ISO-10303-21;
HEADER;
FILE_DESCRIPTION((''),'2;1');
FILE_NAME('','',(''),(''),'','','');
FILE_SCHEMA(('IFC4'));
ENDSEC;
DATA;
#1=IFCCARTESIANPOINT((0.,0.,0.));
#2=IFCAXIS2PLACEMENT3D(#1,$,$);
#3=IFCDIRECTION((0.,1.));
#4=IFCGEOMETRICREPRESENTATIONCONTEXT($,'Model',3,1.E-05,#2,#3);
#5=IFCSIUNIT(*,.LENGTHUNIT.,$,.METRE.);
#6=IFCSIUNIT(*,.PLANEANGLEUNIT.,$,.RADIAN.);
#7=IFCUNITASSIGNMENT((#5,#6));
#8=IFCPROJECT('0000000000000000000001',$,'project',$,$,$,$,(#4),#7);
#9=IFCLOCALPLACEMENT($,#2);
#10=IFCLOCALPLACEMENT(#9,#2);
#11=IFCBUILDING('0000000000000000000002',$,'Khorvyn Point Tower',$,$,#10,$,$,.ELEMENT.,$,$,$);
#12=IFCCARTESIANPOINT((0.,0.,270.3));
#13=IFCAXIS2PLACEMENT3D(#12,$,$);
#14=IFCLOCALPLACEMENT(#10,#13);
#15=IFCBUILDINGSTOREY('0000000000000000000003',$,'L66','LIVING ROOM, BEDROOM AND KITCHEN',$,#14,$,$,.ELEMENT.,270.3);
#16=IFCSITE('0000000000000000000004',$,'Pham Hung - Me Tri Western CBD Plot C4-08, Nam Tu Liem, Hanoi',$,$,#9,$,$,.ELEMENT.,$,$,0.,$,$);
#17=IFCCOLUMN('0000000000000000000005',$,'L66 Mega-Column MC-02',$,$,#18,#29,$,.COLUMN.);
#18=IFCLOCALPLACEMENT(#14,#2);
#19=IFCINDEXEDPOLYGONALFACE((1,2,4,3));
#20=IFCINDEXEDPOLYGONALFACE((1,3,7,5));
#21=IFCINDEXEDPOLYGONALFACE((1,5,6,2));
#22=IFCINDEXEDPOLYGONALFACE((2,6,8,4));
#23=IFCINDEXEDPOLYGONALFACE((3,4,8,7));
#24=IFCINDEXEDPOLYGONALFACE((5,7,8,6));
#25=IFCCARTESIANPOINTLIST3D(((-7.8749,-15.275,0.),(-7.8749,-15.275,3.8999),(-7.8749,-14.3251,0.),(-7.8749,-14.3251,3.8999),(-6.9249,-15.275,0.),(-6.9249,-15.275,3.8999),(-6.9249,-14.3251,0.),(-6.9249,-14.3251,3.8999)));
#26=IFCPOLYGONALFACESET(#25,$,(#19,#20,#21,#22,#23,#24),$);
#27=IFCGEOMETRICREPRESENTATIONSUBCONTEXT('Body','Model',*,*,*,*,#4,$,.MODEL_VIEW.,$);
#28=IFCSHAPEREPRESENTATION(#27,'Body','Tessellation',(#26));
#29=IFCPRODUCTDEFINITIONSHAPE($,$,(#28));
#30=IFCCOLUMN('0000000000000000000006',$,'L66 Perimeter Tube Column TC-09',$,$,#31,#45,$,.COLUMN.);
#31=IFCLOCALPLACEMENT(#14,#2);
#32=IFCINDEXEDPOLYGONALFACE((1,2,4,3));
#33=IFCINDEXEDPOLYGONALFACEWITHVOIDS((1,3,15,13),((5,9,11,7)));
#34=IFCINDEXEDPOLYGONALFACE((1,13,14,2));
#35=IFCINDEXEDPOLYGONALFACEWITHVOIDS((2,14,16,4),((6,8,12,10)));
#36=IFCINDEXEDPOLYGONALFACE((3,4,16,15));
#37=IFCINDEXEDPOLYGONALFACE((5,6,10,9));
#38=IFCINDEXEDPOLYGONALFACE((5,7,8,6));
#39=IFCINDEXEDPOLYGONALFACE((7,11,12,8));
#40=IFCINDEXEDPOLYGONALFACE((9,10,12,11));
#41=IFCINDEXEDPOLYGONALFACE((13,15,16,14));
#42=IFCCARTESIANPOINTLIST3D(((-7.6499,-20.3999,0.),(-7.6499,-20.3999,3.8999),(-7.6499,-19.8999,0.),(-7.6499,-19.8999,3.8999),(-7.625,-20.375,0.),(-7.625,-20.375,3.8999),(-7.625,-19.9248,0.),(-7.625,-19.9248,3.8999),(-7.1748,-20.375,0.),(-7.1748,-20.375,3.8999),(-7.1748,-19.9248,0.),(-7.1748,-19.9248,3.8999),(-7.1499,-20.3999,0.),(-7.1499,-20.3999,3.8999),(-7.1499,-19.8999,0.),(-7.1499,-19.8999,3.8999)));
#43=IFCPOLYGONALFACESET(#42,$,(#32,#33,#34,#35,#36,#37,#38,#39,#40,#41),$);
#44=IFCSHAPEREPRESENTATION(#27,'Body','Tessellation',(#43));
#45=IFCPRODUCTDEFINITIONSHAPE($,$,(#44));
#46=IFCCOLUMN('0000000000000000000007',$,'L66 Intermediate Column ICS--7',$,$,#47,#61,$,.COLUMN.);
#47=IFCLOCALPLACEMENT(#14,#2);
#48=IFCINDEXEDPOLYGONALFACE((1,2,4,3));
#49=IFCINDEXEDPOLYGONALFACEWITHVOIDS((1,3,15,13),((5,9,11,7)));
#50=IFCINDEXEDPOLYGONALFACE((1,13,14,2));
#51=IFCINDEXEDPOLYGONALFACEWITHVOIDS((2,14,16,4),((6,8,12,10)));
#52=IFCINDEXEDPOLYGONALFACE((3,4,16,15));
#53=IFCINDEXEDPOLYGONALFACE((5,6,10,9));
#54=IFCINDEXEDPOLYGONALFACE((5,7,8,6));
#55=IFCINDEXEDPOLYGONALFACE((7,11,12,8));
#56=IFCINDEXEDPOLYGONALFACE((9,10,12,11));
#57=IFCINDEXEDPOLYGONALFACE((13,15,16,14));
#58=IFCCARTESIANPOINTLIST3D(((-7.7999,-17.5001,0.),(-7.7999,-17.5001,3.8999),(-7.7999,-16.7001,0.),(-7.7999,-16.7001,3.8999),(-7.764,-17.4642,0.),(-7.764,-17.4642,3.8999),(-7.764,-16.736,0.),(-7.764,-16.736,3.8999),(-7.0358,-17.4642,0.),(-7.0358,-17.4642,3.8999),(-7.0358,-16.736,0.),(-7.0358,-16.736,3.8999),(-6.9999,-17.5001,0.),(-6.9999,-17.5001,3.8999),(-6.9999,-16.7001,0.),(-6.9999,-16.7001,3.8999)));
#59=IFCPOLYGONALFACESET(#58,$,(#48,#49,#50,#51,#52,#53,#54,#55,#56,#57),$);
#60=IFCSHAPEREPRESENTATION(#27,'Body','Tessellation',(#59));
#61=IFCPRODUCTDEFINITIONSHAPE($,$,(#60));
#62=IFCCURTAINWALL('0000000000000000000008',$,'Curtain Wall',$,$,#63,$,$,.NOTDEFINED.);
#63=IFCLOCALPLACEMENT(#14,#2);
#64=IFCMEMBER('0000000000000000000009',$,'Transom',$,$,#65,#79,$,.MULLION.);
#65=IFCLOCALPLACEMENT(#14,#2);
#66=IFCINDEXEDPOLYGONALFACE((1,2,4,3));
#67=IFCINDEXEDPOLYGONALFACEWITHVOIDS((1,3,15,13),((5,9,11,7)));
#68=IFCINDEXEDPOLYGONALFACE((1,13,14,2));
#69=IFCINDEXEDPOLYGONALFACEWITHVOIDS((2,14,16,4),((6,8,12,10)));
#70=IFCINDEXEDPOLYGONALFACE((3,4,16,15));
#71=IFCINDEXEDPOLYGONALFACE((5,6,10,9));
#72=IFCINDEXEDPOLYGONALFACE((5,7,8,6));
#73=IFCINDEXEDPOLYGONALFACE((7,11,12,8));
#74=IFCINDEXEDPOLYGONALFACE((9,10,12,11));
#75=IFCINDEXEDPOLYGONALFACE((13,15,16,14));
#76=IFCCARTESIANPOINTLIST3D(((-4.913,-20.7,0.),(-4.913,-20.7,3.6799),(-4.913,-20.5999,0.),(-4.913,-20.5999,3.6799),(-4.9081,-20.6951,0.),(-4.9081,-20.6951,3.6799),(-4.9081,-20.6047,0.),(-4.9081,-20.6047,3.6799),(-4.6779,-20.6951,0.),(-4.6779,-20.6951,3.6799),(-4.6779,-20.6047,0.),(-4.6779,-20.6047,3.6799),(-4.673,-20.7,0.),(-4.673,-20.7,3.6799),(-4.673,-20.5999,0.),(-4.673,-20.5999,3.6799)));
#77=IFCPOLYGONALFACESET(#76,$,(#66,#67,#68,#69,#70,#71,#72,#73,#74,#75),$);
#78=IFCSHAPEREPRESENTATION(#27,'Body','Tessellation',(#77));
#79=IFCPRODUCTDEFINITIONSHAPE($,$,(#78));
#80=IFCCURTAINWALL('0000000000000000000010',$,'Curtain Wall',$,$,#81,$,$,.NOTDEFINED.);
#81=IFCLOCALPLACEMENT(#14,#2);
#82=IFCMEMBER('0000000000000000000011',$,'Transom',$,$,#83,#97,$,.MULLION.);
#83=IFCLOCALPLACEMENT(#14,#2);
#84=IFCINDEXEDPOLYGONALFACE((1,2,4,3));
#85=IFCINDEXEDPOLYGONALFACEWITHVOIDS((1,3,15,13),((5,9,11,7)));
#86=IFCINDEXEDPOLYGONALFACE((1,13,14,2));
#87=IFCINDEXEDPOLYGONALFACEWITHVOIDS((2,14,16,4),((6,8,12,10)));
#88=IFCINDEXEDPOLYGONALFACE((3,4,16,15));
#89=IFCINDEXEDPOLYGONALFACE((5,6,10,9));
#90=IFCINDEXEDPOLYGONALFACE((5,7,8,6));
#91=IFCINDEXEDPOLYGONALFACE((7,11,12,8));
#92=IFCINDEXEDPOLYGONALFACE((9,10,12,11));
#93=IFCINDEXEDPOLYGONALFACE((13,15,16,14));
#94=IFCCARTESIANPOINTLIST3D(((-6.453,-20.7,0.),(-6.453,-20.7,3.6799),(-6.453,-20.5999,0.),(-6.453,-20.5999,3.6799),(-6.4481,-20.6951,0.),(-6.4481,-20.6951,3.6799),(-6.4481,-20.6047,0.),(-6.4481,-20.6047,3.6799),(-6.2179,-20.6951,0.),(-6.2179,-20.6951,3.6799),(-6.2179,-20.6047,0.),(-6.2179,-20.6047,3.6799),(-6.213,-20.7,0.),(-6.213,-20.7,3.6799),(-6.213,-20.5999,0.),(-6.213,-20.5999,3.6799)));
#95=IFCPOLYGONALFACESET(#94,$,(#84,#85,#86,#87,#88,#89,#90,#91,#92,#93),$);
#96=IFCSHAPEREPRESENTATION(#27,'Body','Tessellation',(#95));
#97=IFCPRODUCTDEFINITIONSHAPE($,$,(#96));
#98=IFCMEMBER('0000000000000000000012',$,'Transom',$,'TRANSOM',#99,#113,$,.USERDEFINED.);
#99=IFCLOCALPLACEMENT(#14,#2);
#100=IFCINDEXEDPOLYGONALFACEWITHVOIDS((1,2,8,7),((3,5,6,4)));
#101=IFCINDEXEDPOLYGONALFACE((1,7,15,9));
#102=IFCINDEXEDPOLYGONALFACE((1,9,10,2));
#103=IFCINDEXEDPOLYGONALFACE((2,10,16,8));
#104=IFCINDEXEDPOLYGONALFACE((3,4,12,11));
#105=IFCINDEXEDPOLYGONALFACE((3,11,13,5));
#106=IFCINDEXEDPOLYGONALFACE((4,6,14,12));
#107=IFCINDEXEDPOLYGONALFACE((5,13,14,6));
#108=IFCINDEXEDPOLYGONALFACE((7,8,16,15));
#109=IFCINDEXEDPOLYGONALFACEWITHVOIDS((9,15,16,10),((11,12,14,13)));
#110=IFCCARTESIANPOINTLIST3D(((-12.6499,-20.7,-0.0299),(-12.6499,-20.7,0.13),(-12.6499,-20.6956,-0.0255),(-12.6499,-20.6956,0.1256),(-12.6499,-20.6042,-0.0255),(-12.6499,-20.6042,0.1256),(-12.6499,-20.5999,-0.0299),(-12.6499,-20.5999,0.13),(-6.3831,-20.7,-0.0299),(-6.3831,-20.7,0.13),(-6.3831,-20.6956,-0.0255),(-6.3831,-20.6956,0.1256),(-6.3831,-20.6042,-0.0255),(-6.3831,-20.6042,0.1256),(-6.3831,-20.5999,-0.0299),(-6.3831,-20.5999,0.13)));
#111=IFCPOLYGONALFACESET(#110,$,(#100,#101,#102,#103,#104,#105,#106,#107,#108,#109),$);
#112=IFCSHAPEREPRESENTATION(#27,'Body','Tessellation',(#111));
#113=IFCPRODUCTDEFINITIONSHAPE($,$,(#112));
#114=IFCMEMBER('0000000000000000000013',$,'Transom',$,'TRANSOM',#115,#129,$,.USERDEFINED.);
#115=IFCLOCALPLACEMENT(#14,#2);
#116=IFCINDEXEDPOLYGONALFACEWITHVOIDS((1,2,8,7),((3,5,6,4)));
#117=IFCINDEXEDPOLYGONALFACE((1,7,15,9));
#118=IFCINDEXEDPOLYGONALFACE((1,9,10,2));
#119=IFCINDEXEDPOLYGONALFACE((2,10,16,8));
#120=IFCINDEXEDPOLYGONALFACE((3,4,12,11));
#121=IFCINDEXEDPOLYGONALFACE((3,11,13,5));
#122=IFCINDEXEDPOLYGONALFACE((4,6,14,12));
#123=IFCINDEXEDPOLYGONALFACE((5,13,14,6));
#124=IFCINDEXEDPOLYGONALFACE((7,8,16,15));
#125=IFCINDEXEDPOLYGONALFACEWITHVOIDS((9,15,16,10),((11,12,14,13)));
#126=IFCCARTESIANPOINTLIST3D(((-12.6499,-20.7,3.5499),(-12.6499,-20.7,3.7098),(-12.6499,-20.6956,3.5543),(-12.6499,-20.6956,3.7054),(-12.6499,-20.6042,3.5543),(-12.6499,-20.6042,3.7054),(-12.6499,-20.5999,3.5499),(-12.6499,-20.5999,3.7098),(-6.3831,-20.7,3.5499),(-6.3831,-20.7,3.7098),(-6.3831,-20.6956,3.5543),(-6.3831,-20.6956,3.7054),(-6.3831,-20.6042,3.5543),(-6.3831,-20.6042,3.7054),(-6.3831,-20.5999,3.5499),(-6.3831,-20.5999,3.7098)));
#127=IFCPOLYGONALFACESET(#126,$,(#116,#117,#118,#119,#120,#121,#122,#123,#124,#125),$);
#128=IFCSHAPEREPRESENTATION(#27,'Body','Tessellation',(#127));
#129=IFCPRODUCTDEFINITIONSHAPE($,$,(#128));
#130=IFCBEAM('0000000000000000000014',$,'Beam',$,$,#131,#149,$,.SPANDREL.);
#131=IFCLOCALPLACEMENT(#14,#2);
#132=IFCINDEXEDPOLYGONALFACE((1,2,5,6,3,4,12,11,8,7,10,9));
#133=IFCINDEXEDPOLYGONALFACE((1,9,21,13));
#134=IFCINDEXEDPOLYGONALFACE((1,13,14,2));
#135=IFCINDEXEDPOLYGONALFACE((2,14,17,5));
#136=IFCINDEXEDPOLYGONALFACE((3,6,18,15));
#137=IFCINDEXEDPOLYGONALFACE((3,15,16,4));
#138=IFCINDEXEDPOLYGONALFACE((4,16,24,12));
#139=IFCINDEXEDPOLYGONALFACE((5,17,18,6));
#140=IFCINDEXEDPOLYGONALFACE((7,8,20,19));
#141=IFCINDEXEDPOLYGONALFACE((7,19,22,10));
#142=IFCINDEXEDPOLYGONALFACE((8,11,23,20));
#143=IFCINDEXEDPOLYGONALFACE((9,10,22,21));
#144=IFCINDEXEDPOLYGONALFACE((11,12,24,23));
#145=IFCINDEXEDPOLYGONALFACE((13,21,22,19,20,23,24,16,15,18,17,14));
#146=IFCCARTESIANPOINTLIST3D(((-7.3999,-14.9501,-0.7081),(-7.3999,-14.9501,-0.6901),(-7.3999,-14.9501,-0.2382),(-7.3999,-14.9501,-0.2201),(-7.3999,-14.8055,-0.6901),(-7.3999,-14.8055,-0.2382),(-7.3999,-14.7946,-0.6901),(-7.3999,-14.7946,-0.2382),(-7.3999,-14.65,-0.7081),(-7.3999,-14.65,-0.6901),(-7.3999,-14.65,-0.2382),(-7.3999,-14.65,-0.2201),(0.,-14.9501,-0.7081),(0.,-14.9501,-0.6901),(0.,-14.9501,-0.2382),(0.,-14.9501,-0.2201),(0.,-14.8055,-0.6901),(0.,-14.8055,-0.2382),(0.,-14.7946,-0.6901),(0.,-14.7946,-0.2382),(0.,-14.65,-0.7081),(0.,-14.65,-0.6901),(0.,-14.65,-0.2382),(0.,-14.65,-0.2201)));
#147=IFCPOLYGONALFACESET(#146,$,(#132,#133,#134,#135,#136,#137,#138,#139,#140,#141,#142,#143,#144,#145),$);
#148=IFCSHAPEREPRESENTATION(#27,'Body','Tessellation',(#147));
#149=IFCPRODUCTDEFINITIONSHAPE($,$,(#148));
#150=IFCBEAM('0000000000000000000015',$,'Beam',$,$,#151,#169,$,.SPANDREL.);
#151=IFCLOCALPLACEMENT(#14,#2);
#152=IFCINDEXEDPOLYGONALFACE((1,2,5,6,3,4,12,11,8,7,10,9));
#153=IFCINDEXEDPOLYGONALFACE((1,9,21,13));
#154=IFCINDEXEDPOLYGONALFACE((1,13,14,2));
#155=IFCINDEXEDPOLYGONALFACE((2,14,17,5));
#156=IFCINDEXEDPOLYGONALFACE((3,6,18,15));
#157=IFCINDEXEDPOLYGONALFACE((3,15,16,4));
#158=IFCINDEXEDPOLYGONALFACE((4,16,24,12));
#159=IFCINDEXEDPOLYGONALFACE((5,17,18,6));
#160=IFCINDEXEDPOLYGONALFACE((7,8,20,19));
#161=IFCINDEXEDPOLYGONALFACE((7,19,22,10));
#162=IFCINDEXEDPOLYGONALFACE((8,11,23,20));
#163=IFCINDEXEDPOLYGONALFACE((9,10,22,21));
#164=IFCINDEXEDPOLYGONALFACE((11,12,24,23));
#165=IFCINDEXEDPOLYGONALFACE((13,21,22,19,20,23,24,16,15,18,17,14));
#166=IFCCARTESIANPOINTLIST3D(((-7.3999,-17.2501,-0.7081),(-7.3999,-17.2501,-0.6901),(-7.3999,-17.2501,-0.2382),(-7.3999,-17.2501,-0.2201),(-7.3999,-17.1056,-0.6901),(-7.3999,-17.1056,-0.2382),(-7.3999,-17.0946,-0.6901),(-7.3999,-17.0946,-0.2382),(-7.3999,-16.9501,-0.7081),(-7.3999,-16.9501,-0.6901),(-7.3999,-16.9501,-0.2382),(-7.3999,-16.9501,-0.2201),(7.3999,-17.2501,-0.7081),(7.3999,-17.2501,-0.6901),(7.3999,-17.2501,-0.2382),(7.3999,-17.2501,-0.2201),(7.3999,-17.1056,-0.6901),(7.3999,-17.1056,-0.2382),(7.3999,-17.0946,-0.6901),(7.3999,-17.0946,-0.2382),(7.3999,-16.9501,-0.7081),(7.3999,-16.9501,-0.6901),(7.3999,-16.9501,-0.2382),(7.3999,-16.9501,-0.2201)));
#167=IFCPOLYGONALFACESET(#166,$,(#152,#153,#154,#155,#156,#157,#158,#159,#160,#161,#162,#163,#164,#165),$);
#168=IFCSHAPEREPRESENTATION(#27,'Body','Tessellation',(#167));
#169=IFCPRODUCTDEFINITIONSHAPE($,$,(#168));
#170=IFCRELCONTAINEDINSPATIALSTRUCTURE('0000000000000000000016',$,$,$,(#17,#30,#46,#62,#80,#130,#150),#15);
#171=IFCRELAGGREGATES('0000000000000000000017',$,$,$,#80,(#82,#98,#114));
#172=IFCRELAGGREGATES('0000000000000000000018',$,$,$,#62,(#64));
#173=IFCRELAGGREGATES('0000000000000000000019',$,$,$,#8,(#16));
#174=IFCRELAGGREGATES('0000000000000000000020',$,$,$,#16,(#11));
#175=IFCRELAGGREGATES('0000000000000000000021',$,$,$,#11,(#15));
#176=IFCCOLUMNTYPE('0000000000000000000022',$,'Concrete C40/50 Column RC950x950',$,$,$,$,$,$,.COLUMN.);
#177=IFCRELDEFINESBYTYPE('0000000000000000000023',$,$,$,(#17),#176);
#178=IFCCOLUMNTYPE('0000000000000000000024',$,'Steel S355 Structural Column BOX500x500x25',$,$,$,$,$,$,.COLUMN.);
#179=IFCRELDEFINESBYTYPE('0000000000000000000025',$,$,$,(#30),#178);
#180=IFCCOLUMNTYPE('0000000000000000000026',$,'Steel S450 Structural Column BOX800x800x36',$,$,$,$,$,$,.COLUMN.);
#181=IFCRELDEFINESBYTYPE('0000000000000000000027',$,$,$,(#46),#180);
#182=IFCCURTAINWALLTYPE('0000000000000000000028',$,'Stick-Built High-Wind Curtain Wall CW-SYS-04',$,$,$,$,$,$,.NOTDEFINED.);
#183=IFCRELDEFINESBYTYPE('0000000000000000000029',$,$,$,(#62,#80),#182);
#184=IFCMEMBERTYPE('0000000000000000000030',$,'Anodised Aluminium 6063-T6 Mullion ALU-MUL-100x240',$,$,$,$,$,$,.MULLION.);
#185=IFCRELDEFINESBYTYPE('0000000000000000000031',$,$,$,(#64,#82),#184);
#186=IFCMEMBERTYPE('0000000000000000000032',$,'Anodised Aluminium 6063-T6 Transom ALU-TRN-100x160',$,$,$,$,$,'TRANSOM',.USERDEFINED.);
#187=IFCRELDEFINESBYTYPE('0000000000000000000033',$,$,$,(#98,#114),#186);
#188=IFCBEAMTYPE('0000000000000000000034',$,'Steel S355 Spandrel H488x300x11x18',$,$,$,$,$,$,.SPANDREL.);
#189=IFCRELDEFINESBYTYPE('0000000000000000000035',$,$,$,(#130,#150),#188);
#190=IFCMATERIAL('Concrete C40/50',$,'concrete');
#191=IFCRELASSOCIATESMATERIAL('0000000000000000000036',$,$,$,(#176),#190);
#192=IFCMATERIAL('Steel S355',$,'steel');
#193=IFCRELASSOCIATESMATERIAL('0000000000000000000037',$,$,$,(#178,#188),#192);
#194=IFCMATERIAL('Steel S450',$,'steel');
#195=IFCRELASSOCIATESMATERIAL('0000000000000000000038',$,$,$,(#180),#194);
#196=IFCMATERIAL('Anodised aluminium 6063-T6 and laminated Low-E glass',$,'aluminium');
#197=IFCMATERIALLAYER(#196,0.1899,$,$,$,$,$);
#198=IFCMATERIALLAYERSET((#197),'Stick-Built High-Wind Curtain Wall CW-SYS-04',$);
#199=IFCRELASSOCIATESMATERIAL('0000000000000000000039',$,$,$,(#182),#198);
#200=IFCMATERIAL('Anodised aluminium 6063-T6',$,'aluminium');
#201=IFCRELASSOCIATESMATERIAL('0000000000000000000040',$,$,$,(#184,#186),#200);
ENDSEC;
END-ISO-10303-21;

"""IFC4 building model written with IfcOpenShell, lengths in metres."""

from ifc_helpers import new_model, si_unit, direction, frame, origin, origin_2d, place, context, subcontext, project, spatial, rectangle, hollow_rectangle, i_section, extrude, material, layer, layer_set, material_profile, profile_set, type_object, element, aggregate, save


model = new_model("IFC4")

# Units and contexts
model_context = context("Model", 3, precision=1e-05, world=origin(), true_north=direction((0.0, 1.0)))
body_context = subcontext(model_context, "Body", "Model", "MODEL_VIEW")
ifc_project = project(units=[si_unit("LENGTHUNIT", "METRE"), si_unit("PLANEANGLEUNIT", "RADIAN")], contexts=[model_context])

# Site, building, storey
site_placement = place(None, origin())
site = spatial("IfcSite", under=ifc_project, at=site_placement, Name="Pham Hung - Me Tri Western CBD Plot C4-08, Nam Tu Liem, Hanoi", CompositionType="ELEMENT", RefElevation=0.0)
building_placement = place(site_placement, origin())
building = spatial("IfcBuilding", under=site, at=building_placement, Name="Khorvyn Point Tower", CompositionType="ELEMENT")
storey_placement = place(building_placement, frame((0.0, 0.0, 270.3)))
storey = spatial("IfcBuildingStorey", under=building, at=storey_placement, Name="L66", Description="LIVING ROOM, BEDROOM AND KITCHEN", CompositionType="ELEMENT", Elevation=270.3)

# Columns
ifc_material_1 = material(Name="Concrete C40/50", Category="concrete")
ifc_material_profile_1 = material_profile(ifc_material_1, rectangle(XDim=0.95, YDim=0.95, at=origin_2d()))
ifc_profile_set_1 = profile_set([ifc_material_profile_1], Name="Concrete C40/50 RC950x950")
column_type_1 = type_object("IfcColumnType", Name="Concrete C40/50 Column RC950x950", PredefinedType="COLUMN", material=ifc_profile_set_1)
column_1_placement = place(storey_placement, frame((-7.3999, -14.8, 0.0), z_axis=(0.0, 0.0, 1.0), x_axis=(1.0, 0.0, 0.0)))
element("IfcColumn", 1, at=column_1_placement, inside=storey, type_object=column_type_1, Name="L66 Mega-Column MC-02", PredefinedType="COLUMN", context=body_context, shape_type="SweptSolid", body=[
    extrude(rectangle(XDim=0.95, YDim=0.95, at=origin_2d()), origin(), (0.0, 0.0, 1.0), 3.8999),
])
ifc_material_2 = material(Name="Steel S355", Category="steel")
ifc_material_profile_2 = material_profile(ifc_material_2, hollow_rectangle(XDim=0.5, YDim=0.5, WallThickness=0.0249, at=origin_2d()))
ifc_profile_set_2 = profile_set([ifc_material_profile_2], Name="Steel S355 BOX500x500x25")
column_type_2 = type_object("IfcColumnType", Name="Steel S355 Structural Column BOX500x500x25", PredefinedType="COLUMN", material=ifc_profile_set_2)
column_2_placement = place(storey_placement, frame((-7.3999, -20.1499, 0.0), z_axis=(0.0, 0.0, 1.0), x_axis=(1.0, 0.0, 0.0)))
element("IfcColumn", 2, at=column_2_placement, inside=storey, type_object=column_type_2, Name="L66 Perimeter Tube Column TC-09", PredefinedType="COLUMN", context=body_context, shape_type="SweptSolid", body=[
    extrude(hollow_rectangle(XDim=0.5, YDim=0.5, WallThickness=0.0249, at=origin_2d()), origin(), (0.0, 0.0, 1.0), 3.8999),
])
ifc_material_3 = material(Name="Steel S450", Category="steel")
ifc_material_profile_3 = material_profile(ifc_material_3, hollow_rectangle(XDim=0.8, YDim=0.8, WallThickness=0.0359, at=origin_2d()))
ifc_profile_set_3 = profile_set([ifc_material_profile_3], Name="Steel S450 BOX800x800x36")
column_type_3 = type_object("IfcColumnType", Name="Steel S450 Structural Column BOX800x800x36", PredefinedType="COLUMN", material=ifc_profile_set_3)
column_3_placement = place(storey_placement, frame((-7.3999, -17.1001, 0.0), z_axis=(0.0, 0.0, 1.0), x_axis=(1.0, 0.0, 0.0)))
element("IfcColumn", 3, at=column_3_placement, inside=storey, type_object=column_type_3, Name="L66 Intermediate Column ICS--7", PredefinedType="COLUMN", context=body_context, shape_type="SweptSolid", body=[
    extrude(hollow_rectangle(XDim=0.8, YDim=0.8, WallThickness=0.0359, at=origin_2d()), origin(), (0.0, 0.0, 1.0), 3.8999),
])

# Curtain wall, member
ifc_material_4 = material(Name="Anodised aluminium 6063-T6 and laminated Low-E glass", Category="aluminium")
ifc_layer_1 = layer(ifc_material_4, 0.1899)
ifc_layer_set_1 = layer_set([ifc_layer_1], Name="Stick-Built High-Wind Curtain Wall CW-SYS-04")
curtain_wall_type = type_object("IfcCurtainWallType", Name="Stick-Built High-Wind Curtain Wall CW-SYS-04", PredefinedType="NOTDEFINED", material=ifc_layer_set_1)
curtain_wall_1_placement = place(storey_placement, origin())
curtain_wall_1 = element("IfcCurtainWall", 4, at=curtain_wall_1_placement, inside=storey, type_object=curtain_wall_type, Name="Curtain Wall", PredefinedType="NOTDEFINED")
ifc_material_5 = material(Name="Anodised aluminium 6063-T6", Category="aluminium")
ifc_material_profile_4 = material_profile(ifc_material_5, hollow_rectangle(XDim=0.1001, YDim=0.24, WallThickness=0.0049, at=origin_2d()))
ifc_profile_set_4 = profile_set([ifc_material_profile_4], Name="Anodised aluminium 6063-T6 ALU-MUL-100x240")
member_type_1 = type_object("IfcMemberType", Name="Anodised Aluminium 6063-T6 Mullion ALU-MUL-100x240", PredefinedType="MULLION", material=ifc_profile_set_4)
member_1_placement = place(storey_placement, frame((-4.793, -20.6499, 0.0), z_axis=(0.0, 0.0, 1.0), x_axis=(0.0, -1.0, 0.0)))
member_1 = element("IfcMember", 5, at=member_1_placement, type_object=member_type_1, Name="Transom", PredefinedType="MULLION", context=body_context, shape_type="SweptSolid", body=[
    extrude(hollow_rectangle(XDim=0.1001, YDim=0.24, WallThickness=0.0049, at=origin_2d()), origin(), (0.0, 0.0, 1.0), 3.6799),
])

# Curtain wall, members
curtain_wall_2_placement = place(storey_placement, origin())
curtain_wall_2 = element("IfcCurtainWall", 6, at=curtain_wall_2_placement, inside=storey, type_object=curtain_wall_type, Name="Curtain Wall", PredefinedType="NOTDEFINED")
member_2_placement = place(storey_placement, frame((-6.333, -20.6499, 0.0), z_axis=(0.0, 0.0, 1.0), x_axis=(0.0, -1.0, 0.0)))
member_2 = element("IfcMember", 7, at=member_2_placement, type_object=member_type_1, Name="Transom", PredefinedType="MULLION", context=body_context, shape_type="SweptSolid", body=[
    extrude(hollow_rectangle(XDim=0.1001, YDim=0.24, WallThickness=0.0049, at=origin_2d()), origin(), (0.0, 0.0, 1.0), 3.6799),
])
ifc_material_profile_5 = material_profile(ifc_material_5, hollow_rectangle(XDim=0.1001, YDim=0.1599, WallThickness=0.0044, at=origin_2d()))
ifc_profile_set_5 = profile_set([ifc_material_profile_5], Name="Anodised aluminium 6063-T6 ALU-TRN-100x160")
member_type_2 = type_object("IfcMemberType", Name="Anodised Aluminium 6063-T6 Transom ALU-TRN-100x160", ElementType="TRANSOM", PredefinedType="USERDEFINED", material=ifc_profile_set_5)
member_3_placement = place(storey_placement, frame((-6.3831, -20.6499, 0.05), z_axis=(-1.0, 0.0, 0.0), x_axis=(0.0, -1.0, 0.0)))
member_3 = element("IfcMember", 8, at=member_3_placement, type_object=member_type_2, Name="Transom", ObjectType="TRANSOM", PredefinedType="USERDEFINED", context=body_context, shape_type="SweptSolid", body=[
    extrude(hollow_rectangle(XDim=0.1001, YDim=0.1599, WallThickness=0.0044, at=origin_2d()), origin(), (0.0, 0.0, 1.0), 6.2668),
])
member_4_placement = place(storey_placement, frame((-6.3831, -20.6499, 3.6299), z_axis=(-1.0, 0.0, 0.0), x_axis=(0.0, -1.0, 0.0)))
member_4 = element("IfcMember", 9, at=member_4_placement, type_object=member_type_2, Name="Transom", ObjectType="TRANSOM", PredefinedType="USERDEFINED", context=body_context, shape_type="SweptSolid", body=[
    extrude(hollow_rectangle(XDim=0.1001, YDim=0.1599, WallThickness=0.0044, at=origin_2d()), origin(), (0.0, 0.0, 1.0), 6.2668),
])
aggregate(curtain_wall_2, [member_2, member_3, member_4])

# Beams
ifc_material_profile_6 = material_profile(ifc_material_2, i_section(OverallWidth=0.3, OverallDepth=0.488, WebThickness=0.011, FlangeThickness=0.0181, at=origin_2d()))
ifc_profile_set_6 = profile_set([ifc_material_profile_6], Name="Steel S355 H488x300x11x18")
beam_type_1 = type_object("IfcBeamType", Name="Steel S355 Spandrel H488x300x11x18", PredefinedType="SPANDREL", material=ifc_profile_set_6)
beam_1_placement = place(storey_placement, frame((-7.3999, -14.8, -0.4641), z_axis=(1.0, 0.0, 0.0), x_axis=(0.0, 1.0, 0.0)))
element("IfcBeam", 10, at=beam_1_placement, inside=storey, type_object=beam_type_1, Name="Beam", PredefinedType="SPANDREL", context=body_context, shape_type="SweptSolid", body=[
    extrude(i_section(OverallWidth=0.3, OverallDepth=0.488, WebThickness=0.011, FlangeThickness=0.0181, at=origin_2d()), origin(), (0.0, 0.0, 1.0), 7.3999),
])
beam_2_placement = place(storey_placement, frame((-7.3999, -17.1001, -0.4641), z_axis=(1.0, 0.0, 0.0), x_axis=(0.0, 1.0, 0.0)))
element("IfcBeam", 11, at=beam_2_placement, inside=storey, type_object=beam_type_1, Name="Beam", PredefinedType="SPANDREL", context=body_context, shape_type="SweptSolid", body=[
    extrude(i_section(OverallWidth=0.3, OverallDepth=0.488, WebThickness=0.011, FlangeThickness=0.0181, at=origin_2d()), origin(), (0.0, 0.0, 1.0), 14.7998),
])

aggregate(curtain_wall_1, [member_1])

save(model, "model.ifc")
